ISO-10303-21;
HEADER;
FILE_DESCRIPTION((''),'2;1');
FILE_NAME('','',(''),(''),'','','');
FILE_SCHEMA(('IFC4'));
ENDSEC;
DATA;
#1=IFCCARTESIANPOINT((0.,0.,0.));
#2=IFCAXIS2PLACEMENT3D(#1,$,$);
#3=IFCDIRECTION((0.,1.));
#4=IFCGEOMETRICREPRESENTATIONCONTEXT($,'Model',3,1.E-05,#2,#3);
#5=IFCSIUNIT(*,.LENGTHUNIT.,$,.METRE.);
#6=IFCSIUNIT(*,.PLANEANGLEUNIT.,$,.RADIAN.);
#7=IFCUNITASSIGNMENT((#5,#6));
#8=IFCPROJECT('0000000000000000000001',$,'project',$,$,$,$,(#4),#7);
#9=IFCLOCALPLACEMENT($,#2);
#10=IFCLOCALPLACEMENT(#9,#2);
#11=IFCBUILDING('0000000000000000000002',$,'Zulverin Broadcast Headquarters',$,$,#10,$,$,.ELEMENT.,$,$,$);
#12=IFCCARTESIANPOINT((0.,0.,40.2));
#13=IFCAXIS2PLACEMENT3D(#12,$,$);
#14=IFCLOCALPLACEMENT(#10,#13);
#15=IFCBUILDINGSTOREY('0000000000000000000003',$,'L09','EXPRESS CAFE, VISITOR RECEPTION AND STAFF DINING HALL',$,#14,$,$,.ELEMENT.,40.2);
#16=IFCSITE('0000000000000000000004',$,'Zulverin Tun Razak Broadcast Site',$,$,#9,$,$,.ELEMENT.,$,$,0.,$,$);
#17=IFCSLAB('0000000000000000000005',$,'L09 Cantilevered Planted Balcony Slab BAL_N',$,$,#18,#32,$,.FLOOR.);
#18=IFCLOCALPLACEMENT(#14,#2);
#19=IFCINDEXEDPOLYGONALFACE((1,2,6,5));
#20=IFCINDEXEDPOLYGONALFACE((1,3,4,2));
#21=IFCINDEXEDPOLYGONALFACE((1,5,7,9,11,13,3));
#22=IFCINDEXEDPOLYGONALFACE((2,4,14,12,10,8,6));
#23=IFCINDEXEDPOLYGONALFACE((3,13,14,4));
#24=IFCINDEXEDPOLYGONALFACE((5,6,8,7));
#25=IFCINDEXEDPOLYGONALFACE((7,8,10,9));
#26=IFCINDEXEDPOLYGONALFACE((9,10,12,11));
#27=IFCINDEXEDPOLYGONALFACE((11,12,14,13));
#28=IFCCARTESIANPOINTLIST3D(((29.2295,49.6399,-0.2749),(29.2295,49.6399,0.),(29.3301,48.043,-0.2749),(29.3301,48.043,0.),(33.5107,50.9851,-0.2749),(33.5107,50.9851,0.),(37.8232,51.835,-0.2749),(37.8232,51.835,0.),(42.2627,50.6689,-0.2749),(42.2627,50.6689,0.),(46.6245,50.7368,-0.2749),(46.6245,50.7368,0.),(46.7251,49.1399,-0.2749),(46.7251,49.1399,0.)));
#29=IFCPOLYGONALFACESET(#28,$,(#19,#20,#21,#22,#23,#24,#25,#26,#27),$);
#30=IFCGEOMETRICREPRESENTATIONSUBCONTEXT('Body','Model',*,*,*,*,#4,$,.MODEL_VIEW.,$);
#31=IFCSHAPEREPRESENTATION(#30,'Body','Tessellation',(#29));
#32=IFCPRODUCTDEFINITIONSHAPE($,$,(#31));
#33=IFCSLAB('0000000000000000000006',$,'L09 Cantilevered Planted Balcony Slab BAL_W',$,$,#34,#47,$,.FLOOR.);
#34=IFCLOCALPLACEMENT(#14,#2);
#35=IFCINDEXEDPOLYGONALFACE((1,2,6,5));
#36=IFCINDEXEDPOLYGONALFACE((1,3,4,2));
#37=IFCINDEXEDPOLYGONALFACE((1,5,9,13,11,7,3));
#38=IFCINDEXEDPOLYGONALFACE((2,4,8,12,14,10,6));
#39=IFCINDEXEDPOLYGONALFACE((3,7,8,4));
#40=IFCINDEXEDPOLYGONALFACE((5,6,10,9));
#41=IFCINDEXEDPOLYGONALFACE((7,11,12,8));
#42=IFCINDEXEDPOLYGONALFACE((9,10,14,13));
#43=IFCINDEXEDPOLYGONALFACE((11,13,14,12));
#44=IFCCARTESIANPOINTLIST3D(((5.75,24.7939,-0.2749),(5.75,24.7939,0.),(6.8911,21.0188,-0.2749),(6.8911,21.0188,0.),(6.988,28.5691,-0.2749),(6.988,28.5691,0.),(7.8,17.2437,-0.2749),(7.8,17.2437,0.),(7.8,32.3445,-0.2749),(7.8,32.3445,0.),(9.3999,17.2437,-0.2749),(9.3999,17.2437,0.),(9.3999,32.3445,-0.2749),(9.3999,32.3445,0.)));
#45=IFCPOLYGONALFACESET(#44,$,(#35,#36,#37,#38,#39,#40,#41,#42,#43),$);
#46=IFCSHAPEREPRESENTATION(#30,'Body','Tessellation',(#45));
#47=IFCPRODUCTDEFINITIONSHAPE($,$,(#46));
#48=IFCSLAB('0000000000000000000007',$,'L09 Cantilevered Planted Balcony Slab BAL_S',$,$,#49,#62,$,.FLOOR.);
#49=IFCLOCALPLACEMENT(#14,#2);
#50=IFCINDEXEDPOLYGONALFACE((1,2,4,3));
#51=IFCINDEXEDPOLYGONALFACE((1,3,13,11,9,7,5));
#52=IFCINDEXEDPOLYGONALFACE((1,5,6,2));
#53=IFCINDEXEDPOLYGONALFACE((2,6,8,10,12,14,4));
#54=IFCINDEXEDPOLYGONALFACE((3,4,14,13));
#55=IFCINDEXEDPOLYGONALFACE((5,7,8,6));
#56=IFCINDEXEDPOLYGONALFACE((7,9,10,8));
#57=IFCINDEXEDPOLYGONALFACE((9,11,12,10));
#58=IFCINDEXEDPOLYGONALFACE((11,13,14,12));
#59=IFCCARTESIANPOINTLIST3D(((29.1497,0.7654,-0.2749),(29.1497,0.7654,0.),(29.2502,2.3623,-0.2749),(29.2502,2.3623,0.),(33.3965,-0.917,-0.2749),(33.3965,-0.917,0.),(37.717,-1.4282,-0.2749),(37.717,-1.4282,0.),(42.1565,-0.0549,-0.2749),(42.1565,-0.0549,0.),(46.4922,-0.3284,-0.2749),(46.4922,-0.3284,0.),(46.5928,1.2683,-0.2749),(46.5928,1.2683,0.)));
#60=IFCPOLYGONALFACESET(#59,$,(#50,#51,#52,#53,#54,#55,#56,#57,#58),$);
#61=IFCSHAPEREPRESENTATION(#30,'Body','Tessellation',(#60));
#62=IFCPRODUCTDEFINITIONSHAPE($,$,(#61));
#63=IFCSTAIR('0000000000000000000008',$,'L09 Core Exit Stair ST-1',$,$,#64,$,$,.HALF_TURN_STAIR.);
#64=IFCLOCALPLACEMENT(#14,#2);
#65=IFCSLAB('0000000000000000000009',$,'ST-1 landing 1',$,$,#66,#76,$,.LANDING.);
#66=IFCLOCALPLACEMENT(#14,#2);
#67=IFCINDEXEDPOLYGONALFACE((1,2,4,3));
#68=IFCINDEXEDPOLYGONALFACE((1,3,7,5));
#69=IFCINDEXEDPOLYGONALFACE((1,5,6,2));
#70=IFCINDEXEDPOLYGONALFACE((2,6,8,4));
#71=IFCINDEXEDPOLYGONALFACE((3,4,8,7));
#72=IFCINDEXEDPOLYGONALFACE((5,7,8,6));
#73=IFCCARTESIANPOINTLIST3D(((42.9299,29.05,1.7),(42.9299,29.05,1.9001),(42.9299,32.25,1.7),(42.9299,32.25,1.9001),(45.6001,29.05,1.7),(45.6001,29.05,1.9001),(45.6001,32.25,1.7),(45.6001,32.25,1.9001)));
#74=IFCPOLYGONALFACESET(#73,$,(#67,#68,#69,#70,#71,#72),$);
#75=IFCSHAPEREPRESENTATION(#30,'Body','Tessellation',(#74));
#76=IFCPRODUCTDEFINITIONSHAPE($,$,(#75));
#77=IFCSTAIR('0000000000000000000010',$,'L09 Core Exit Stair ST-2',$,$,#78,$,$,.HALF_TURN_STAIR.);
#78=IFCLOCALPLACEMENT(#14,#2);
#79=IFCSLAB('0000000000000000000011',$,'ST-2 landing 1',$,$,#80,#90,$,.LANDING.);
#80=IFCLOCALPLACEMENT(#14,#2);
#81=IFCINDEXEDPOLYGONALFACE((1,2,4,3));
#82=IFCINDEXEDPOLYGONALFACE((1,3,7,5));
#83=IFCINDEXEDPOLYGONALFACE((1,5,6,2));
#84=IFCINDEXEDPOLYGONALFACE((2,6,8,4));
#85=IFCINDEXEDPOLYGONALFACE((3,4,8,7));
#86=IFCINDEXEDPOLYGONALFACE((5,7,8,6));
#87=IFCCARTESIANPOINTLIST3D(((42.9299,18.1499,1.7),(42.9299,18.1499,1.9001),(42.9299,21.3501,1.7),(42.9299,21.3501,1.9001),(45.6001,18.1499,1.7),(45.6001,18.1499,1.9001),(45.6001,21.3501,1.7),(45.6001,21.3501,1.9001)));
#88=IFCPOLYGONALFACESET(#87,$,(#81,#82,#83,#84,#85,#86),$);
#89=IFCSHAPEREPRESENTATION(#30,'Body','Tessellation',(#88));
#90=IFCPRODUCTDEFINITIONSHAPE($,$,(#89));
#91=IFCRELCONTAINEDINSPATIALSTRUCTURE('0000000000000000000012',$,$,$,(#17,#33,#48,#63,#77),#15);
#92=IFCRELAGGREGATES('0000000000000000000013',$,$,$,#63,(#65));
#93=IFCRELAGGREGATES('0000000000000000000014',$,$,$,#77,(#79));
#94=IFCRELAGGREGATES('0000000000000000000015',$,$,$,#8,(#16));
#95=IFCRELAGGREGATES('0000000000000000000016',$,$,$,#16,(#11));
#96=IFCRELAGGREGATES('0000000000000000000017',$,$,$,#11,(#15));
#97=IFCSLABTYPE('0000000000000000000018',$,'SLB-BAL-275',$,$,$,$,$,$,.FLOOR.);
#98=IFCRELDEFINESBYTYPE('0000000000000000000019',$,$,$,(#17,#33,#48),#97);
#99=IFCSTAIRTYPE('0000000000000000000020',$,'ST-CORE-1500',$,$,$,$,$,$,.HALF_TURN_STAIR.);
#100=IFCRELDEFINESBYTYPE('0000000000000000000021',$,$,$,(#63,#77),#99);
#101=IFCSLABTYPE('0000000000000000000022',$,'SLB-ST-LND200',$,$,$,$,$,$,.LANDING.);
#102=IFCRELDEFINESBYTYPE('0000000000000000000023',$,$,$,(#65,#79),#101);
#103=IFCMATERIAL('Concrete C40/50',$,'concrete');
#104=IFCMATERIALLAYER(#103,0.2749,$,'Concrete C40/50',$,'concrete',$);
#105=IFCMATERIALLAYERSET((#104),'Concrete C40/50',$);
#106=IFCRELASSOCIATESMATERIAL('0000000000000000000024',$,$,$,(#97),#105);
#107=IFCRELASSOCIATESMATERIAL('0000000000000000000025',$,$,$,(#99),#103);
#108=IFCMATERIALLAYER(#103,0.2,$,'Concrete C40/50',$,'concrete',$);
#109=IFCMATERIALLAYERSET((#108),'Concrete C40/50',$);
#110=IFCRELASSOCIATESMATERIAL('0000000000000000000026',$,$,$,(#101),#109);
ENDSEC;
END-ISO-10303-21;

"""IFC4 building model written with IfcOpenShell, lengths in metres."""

from ifc_helpers import new_model, si_unit, direction, frame, origin, place, context, subcontext, project, spatial, polyline, outline, extrude, material, layer, layer_set, type_object, element, aggregate, save


model = new_model("IFC4")

# Units and contexts
model_context = context("Model", 3, precision=1e-05, world=origin(), true_north=direction((0.0, 1.0)))
body_context = subcontext(model_context, "Body", "Model", "MODEL_VIEW")
ifc_project = project(units=[si_unit("LENGTHUNIT", "METRE"), si_unit("PLANEANGLEUNIT", "RADIAN")], contexts=[model_context])

# Site, building, storey
site_placement = place(None, origin())
site = spatial("IfcSite", under=ifc_project, at=site_placement, Name="Zulverin Tun Razak Broadcast Site", CompositionType="ELEMENT", RefElevation=0.0)
building_placement = place(site_placement, origin())
building = spatial("IfcBuilding", under=site, at=building_placement, Name="Zulverin Broadcast Headquarters", CompositionType="ELEMENT")
storey_placement = place(building_placement, frame((0.0, 0.0, 40.2)))
storey = spatial("IfcBuildingStorey", under=building, at=storey_placement, Name="L09", Description="EXPRESS CAFE, VISITOR RECEPTION AND STAFF DINING HALL", CompositionType="ELEMENT", Elevation=40.2)

# Slabs
ifc_material_1 = material(Name="Concrete C40/50", Category="concrete")
ifc_layer_1 = layer(ifc_material_1, 0.2749, Name="Concrete C40/50", Category="concrete")
ifc_layer_set_1 = layer_set([ifc_layer_1], Name="Concrete C40/50")
slab_type_1 = type_object("IfcSlabType", Name="SLB-BAL-275", PredefinedType="FLOOR", material=ifc_layer_set_1)
slab_1_placement = place(storey_placement, frame((0.0, 0.0, -0.2749)))
element("IfcSlab", 1, at=slab_1_placement, inside=storey, type_object=slab_type_1, Name="L09 Cantilevered Planted Balcony Slab BAL_N", PredefinedType="FLOOR", context=body_context, shape_type="SweptSolid", body=[
    extrude(outline(polyline([(29.3301, 48.043), (46.7251, 49.1399), (46.6245, 50.7368), (42.2627, 50.6689), (37.8232, 51.835), (33.5107, 50.9851), (29.2295, 49.6399), (29.3301, 48.043)])), origin(), (0.0, 0.0, 1.0), 0.2749),
])
slab_2_placement = place(storey_placement, frame((0.0, 0.0, -0.2749)))
element("IfcSlab", 2, at=slab_2_placement, inside=storey, type_object=slab_type_1, Name="L09 Cantilevered Planted Balcony Slab BAL_W", PredefinedType="FLOOR", context=body_context, shape_type="SweptSolid", body=[
    extrude(outline(polyline([(9.3999, 17.2437), (9.3999, 32.3445), (7.8, 32.3445), (6.988, 28.5691), (5.75, 24.7939), (6.8911, 21.0188), (7.8, 17.2437), (9.3999, 17.2437)])), origin(), (0.0, 0.0, 1.0), 0.2749),
])
slab_3_placement = place(storey_placement, frame((0.0, 0.0, -0.2749)))
element("IfcSlab", 3, at=slab_3_placement, inside=storey, type_object=slab_type_1, Name="L09 Cantilevered Planted Balcony Slab BAL_S", PredefinedType="FLOOR", context=body_context, shape_type="SweptSolid", body=[
    extrude(outline(polyline([(46.5928, 1.2683), (29.2502, 2.3623), (29.1497, 0.7654), (33.3965, -0.917), (37.717, -1.4282), (42.1565, -0.0549), (46.4922, -0.3284), (46.5928, 1.2683)])), origin(), (0.0, 0.0, 1.0), 0.2749),
])

# Stairs, slabs
stair_type = type_object("IfcStairType", Name="ST-CORE-1500", PredefinedType="HALF_TURN_STAIR", material=ifc_material_1)
stair_1_placement = place(storey_placement, origin())
stair_1 = element("IfcStair", 4, at=stair_1_placement, inside=storey, type_object=stair_type, Name="L09 Core Exit Stair ST-1", PredefinedType="HALF_TURN_STAIR")
ifc_layer_2 = layer(ifc_material_1, 0.2, Name="Concrete C40/50", Category="concrete")
ifc_layer_set_2 = layer_set([ifc_layer_2], Name="Concrete C40/50")
slab_type_2 = type_object("IfcSlabType", Name="SLB-ST-LND200", PredefinedType="LANDING", material=ifc_layer_set_2)
slab_4_placement = place(storey_placement, frame((0.0, 0.0, 1.7)))
slab_4 = element("IfcSlab", 5, at=slab_4_placement, type_object=slab_type_2, Name="ST-1 landing 1", PredefinedType="LANDING", context=body_context, shape_type="SweptSolid", body=[
    extrude(outline(polyline([(42.9299, 29.05), (45.6001, 29.05), (45.6001, 32.25), (42.9299, 32.25), (42.9299, 29.05)])), origin(), (0.0, 0.0, 1.0), 0.2002),
])
aggregate(stair_1, [slab_4])
stair_2_placement = place(storey_placement, origin())
stair_2 = element("IfcStair", 6, at=stair_2_placement, inside=storey, type_object=stair_type, Name="L09 Core Exit Stair ST-2", PredefinedType="HALF_TURN_STAIR")
slab_5_placement = place(storey_placement, frame((0.0, 0.0, 1.7)))
slab_5 = element("IfcSlab", 7, at=slab_5_placement, type_object=slab_type_2, Name="ST-2 landing 1", PredefinedType="LANDING", context=body_context, shape_type="SweptSolid", body=[
    extrude(outline(polyline([(42.9299, 18.1499), (45.6001, 18.1499), (45.6001, 21.3501), (42.9299, 21.3501), (42.9299, 18.1499)])), origin(), (0.0, 0.0, 1.0), 0.2002),
])
aggregate(stair_2, [slab_5])

save(model, "model.ifc")
